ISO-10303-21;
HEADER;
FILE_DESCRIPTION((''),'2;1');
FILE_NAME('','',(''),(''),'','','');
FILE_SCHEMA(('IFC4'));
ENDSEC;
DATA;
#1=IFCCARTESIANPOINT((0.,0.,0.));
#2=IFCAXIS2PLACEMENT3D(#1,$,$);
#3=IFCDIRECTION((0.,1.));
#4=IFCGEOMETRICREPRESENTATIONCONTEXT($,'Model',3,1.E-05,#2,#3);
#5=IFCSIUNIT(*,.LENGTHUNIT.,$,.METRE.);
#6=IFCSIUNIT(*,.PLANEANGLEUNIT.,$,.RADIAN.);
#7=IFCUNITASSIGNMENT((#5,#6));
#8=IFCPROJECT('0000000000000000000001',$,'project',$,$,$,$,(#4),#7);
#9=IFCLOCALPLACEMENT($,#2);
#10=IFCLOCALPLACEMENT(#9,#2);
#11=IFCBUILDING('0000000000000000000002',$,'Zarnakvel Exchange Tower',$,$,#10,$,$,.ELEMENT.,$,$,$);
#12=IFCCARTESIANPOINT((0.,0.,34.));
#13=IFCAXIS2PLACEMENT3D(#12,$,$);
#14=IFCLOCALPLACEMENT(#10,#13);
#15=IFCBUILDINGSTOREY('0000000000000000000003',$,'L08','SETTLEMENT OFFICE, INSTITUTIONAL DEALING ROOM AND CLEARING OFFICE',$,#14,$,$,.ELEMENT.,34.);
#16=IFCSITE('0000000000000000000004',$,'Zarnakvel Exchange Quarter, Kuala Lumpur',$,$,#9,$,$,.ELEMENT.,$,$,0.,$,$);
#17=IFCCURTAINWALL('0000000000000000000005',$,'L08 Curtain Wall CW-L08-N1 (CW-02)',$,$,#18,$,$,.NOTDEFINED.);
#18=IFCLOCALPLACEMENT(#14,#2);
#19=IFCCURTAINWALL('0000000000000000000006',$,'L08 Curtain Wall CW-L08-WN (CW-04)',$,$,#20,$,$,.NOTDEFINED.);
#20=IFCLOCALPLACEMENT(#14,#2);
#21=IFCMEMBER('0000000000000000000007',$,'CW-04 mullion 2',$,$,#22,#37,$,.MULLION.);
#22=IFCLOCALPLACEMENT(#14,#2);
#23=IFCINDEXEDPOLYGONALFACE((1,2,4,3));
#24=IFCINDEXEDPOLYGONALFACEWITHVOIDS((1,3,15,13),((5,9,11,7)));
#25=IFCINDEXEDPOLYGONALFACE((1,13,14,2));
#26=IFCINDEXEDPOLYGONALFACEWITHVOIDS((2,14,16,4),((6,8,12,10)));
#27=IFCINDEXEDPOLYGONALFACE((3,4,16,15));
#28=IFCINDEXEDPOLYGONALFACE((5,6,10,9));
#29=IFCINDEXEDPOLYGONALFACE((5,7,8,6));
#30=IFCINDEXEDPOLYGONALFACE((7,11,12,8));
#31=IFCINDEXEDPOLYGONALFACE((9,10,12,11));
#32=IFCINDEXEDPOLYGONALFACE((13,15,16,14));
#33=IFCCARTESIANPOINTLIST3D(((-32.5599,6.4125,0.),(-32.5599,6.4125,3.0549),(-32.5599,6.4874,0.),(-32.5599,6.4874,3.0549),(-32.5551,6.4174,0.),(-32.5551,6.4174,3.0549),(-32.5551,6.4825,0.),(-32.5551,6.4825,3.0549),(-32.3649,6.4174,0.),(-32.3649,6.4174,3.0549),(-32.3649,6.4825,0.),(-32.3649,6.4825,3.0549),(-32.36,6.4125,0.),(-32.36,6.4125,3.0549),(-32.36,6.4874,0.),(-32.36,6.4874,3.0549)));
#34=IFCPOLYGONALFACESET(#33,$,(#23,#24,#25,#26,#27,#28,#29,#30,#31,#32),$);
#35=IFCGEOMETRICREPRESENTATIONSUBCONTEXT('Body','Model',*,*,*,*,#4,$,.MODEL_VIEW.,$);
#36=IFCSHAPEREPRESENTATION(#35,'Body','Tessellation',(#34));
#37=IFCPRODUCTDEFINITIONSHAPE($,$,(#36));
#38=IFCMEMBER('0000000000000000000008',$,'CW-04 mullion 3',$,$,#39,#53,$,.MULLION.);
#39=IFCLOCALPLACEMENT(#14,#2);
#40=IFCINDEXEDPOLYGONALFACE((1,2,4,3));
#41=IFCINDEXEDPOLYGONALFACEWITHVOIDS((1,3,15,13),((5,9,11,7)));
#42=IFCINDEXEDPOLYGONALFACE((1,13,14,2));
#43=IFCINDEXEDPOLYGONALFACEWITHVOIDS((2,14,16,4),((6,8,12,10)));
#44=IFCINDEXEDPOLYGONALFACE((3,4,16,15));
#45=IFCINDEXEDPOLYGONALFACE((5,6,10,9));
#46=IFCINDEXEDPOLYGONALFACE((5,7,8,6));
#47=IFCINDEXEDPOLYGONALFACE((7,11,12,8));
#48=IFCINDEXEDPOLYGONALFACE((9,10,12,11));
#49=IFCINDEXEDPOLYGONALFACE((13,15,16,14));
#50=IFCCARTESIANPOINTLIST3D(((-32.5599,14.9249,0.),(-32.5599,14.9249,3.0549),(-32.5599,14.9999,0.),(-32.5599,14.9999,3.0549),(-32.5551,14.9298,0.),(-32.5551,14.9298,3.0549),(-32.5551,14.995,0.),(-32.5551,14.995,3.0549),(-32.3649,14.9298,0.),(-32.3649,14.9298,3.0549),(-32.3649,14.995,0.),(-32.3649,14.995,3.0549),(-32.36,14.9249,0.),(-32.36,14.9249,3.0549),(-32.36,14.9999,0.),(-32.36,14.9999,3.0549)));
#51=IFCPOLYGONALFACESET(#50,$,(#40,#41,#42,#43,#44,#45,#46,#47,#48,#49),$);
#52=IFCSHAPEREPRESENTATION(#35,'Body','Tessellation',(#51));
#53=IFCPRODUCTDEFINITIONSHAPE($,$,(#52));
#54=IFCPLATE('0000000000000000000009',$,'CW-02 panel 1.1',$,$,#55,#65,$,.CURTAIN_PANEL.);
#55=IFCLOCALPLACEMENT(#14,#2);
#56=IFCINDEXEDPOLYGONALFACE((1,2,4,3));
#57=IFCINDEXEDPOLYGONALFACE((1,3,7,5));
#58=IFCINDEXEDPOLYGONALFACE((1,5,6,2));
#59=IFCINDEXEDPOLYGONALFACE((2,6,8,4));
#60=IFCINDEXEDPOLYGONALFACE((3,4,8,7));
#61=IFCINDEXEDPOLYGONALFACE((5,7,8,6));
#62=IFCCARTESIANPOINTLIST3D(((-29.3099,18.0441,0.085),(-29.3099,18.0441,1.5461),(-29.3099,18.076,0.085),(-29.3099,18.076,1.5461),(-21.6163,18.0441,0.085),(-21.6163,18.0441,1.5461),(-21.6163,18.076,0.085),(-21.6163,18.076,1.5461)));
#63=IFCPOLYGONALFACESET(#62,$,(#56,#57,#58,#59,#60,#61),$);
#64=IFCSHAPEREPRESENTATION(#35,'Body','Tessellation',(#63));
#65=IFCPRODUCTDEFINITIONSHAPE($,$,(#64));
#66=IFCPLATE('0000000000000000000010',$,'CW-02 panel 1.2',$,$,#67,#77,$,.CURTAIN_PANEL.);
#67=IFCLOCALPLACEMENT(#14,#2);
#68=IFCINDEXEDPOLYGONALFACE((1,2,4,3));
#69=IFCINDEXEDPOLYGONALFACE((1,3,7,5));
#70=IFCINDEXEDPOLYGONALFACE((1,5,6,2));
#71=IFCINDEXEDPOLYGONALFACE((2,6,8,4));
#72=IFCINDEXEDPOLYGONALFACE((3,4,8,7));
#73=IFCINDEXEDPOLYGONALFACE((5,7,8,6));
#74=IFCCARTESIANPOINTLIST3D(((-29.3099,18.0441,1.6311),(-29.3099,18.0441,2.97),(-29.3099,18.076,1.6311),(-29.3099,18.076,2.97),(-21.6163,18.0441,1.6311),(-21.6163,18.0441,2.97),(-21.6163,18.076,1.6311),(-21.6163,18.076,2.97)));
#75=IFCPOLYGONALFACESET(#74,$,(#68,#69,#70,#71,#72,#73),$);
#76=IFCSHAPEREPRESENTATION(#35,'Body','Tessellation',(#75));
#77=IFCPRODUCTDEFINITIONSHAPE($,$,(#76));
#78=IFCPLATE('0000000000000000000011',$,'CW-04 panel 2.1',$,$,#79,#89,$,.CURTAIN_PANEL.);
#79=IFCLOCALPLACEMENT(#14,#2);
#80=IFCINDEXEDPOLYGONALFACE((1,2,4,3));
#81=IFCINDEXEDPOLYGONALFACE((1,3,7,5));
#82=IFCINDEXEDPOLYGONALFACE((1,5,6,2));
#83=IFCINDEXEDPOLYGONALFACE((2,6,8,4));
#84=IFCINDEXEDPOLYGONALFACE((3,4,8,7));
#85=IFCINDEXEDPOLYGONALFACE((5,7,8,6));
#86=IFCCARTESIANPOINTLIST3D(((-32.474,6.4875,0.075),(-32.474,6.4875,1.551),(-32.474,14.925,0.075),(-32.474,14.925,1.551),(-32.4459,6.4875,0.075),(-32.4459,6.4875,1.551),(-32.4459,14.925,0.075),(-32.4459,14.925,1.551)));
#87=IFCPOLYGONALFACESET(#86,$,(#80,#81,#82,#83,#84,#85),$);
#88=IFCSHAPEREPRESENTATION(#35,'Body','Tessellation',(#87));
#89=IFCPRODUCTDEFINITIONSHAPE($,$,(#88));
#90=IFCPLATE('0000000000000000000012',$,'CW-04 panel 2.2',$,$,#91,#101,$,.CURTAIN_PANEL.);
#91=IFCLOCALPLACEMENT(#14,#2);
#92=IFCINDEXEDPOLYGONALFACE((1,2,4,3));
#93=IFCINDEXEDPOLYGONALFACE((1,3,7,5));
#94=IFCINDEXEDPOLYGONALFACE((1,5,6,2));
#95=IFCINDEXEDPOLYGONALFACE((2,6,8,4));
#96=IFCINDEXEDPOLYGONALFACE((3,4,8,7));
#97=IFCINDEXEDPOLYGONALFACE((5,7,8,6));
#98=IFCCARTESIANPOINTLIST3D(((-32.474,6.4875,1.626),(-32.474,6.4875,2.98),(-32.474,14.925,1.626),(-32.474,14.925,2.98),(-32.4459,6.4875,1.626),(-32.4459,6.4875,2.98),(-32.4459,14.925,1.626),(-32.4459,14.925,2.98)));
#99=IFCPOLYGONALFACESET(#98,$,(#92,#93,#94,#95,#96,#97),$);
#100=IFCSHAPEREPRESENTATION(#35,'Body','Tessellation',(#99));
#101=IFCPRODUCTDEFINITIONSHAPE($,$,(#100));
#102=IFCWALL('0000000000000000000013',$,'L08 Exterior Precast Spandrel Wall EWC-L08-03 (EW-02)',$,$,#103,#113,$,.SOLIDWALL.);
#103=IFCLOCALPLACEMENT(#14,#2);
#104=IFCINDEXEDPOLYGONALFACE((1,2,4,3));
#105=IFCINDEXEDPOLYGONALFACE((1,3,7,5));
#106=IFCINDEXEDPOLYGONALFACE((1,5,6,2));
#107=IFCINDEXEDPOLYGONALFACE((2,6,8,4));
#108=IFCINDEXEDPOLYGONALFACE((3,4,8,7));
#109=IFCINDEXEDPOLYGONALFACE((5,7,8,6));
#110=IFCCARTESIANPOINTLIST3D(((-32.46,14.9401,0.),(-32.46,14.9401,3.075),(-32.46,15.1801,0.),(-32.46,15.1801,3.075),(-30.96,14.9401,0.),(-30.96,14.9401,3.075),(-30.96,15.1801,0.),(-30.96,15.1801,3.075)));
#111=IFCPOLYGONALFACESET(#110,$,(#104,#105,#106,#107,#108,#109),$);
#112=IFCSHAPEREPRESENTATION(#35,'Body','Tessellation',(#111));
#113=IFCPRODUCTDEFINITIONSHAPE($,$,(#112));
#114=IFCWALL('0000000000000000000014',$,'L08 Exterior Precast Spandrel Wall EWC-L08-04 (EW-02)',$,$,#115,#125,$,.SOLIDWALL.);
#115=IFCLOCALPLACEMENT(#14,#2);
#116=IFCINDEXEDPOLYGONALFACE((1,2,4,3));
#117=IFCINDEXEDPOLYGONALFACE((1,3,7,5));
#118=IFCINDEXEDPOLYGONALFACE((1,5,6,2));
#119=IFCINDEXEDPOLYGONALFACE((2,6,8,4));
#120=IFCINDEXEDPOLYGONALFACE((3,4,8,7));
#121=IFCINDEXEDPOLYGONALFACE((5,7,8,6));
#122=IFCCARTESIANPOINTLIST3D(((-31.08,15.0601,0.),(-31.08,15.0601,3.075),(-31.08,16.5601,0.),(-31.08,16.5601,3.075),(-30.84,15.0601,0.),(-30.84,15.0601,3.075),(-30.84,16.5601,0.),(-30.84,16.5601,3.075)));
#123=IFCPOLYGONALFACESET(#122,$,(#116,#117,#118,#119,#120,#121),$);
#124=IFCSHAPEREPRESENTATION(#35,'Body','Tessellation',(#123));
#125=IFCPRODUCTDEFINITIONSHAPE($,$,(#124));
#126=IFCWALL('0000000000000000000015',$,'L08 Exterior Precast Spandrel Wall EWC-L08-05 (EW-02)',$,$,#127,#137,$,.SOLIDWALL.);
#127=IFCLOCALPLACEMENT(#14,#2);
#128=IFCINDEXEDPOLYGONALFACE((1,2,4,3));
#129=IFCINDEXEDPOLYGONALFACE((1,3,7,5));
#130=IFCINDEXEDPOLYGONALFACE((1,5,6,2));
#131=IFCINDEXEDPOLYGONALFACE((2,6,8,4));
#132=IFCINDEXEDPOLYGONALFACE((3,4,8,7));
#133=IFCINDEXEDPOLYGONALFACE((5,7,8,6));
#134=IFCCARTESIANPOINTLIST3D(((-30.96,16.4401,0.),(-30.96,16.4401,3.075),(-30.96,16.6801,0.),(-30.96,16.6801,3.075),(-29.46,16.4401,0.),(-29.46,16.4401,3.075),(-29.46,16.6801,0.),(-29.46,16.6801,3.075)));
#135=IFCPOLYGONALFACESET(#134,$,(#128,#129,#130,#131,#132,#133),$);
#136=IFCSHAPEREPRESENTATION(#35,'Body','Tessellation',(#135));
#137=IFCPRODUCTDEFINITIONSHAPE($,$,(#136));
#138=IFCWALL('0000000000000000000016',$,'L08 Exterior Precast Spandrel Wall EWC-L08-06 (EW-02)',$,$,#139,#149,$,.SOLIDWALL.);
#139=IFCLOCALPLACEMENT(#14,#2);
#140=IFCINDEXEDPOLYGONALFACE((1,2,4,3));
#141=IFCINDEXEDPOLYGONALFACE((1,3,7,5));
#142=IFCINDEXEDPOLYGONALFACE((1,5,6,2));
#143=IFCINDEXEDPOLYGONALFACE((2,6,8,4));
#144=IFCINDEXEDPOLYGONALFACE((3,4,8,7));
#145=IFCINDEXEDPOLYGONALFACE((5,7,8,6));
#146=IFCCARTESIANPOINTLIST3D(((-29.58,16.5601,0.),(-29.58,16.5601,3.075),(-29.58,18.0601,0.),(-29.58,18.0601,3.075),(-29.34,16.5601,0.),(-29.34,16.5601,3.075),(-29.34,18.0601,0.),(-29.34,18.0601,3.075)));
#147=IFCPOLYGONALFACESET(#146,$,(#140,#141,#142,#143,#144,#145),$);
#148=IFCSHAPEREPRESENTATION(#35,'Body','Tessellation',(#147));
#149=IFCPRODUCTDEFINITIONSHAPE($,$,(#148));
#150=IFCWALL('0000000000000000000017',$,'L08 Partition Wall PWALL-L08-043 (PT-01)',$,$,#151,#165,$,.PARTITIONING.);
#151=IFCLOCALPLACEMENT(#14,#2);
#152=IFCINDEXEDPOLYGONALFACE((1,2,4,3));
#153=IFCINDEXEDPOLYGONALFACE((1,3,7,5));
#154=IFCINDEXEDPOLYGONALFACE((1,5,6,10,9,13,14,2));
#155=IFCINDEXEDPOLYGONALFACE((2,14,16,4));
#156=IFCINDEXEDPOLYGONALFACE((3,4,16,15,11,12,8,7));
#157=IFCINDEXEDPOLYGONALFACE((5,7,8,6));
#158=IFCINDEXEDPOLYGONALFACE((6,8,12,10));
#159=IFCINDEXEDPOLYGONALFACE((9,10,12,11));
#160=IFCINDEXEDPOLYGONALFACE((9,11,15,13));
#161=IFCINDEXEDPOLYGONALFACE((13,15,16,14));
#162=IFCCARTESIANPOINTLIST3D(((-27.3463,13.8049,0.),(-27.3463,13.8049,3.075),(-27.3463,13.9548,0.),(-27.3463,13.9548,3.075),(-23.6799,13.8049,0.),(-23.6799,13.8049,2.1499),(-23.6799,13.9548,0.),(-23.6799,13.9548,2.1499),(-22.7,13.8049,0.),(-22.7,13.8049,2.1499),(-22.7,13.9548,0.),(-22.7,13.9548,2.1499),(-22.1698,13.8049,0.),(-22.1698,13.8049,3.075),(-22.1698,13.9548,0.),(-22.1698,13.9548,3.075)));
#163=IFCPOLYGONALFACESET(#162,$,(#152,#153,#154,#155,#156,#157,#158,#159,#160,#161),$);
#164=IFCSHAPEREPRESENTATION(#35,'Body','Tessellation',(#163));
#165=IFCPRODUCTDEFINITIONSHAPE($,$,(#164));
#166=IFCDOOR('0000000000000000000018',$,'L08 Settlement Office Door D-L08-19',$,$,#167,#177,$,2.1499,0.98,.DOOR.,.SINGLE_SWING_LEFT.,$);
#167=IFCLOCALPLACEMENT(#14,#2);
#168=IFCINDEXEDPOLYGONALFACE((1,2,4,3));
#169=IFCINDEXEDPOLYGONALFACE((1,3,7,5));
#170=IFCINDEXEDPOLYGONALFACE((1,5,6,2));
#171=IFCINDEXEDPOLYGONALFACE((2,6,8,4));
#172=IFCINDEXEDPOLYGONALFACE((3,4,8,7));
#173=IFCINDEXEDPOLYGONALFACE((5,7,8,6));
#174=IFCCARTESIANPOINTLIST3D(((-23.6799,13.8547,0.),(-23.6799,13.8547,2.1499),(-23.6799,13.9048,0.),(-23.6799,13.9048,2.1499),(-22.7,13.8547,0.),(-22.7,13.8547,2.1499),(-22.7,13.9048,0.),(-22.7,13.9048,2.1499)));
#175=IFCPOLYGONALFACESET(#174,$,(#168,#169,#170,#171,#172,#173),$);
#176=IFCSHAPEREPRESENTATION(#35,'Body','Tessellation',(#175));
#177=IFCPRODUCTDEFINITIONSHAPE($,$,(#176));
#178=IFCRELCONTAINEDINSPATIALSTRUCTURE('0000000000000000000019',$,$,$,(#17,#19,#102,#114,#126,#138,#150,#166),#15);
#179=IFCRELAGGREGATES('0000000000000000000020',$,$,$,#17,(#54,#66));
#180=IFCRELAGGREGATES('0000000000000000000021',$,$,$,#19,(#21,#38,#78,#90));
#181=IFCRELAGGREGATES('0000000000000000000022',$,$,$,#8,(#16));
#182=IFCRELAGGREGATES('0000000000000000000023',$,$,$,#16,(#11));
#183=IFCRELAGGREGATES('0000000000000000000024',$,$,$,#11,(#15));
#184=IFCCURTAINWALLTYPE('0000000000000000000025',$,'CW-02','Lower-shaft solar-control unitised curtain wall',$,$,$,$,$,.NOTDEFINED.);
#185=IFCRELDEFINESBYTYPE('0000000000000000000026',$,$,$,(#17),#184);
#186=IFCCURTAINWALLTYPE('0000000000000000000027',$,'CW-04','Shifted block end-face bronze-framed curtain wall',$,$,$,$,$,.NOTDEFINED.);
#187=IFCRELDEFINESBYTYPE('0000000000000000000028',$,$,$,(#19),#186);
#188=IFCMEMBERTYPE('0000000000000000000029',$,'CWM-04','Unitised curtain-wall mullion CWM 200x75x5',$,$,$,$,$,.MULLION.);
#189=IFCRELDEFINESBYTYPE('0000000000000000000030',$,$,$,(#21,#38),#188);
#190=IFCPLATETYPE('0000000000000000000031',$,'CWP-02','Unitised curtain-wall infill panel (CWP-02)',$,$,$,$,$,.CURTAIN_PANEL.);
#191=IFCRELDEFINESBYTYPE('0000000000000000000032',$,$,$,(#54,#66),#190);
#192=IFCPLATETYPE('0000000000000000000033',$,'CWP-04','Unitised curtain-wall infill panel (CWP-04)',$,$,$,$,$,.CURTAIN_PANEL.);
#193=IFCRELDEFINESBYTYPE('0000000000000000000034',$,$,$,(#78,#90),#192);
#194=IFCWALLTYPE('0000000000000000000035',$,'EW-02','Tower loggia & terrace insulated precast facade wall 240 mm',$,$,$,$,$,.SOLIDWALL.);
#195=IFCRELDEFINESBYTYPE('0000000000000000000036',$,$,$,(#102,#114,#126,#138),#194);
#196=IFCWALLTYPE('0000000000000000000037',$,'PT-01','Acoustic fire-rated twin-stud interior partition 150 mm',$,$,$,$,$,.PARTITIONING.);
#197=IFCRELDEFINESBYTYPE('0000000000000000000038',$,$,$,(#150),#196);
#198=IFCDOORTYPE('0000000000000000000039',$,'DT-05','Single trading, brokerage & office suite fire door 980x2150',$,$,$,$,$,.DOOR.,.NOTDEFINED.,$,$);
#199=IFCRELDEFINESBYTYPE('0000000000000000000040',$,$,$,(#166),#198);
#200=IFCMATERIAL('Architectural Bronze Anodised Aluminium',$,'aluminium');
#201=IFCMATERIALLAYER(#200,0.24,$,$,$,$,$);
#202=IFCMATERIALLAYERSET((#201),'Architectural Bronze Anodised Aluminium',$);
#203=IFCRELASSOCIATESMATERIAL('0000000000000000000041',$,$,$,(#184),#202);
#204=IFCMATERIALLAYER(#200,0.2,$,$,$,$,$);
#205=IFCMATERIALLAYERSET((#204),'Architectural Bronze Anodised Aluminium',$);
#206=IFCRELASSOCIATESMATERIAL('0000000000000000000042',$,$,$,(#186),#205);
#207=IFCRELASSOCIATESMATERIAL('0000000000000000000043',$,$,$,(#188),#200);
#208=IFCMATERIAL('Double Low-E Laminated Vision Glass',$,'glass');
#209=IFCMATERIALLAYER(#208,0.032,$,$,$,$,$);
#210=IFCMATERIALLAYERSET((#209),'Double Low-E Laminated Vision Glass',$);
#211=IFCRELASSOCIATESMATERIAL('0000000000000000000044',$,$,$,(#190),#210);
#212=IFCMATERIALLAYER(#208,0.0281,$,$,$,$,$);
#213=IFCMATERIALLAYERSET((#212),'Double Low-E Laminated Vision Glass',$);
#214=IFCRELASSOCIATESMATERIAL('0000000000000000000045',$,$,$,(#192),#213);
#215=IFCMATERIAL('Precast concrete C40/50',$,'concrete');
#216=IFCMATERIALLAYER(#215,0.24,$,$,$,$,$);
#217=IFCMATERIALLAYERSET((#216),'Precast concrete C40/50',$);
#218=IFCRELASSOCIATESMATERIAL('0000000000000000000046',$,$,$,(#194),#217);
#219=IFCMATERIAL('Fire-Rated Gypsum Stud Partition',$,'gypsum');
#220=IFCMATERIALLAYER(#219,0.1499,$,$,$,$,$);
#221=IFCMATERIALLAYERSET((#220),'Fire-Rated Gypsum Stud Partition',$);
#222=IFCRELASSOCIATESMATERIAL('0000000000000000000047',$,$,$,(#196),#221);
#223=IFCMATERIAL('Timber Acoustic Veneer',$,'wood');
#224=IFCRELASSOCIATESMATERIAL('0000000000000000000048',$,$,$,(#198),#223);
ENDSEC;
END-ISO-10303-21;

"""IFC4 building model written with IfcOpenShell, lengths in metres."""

from ifc_helpers import new_model, si_unit, direction, frame, frame_2d, origin, origin_2d, place, context, subcontext, project, spatial, rectangle, hollow_rectangle, extrude, source, transform, mapped, material, layer, layer_set, material_profile, profile_set, type_object, element, fill, aggregate, save


model = new_model("IFC4")

# Units and contexts
model_context = context("Model", 3, precision=1e-05, world=origin(), true_north=direction((0.0, 1.0)))
body_context = subcontext(model_context, "Body", "Model", "MODEL_VIEW")
ifc_project = project(units=[si_unit("LENGTHUNIT", "METRE"), si_unit("PLANEANGLEUNIT", "RADIAN")], contexts=[model_context])

# Site, building, storey
site_placement = place(None, origin())
site = spatial("IfcSite", under=ifc_project, at=site_placement, Name="Zarnakvel Exchange Quarter, Kuala Lumpur", CompositionType="ELEMENT", RefElevation=0.0)
building_placement = place(site_placement, origin())
building = spatial("IfcBuilding", under=site, at=building_placement, Name="Zarnakvel Exchange Tower", CompositionType="ELEMENT")
storey_placement = place(building_placement, frame((0.0, 0.0, 34.0)))
storey = spatial("IfcBuildingStorey", under=building, at=storey_placement, Name="L08", Description="SETTLEMENT OFFICE, INSTITUTIONAL DEALING ROOM AND CLEARING OFFICE", CompositionType="ELEMENT", Elevation=34.0)

# Curtain walls
ifc_material_1 = material(Name="Architectural Bronze Anodised Aluminium", Category="aluminium")
ifc_layer_1 = layer(ifc_material_1, 0.24)
ifc_layer_set_1 = layer_set([ifc_layer_1], Name="Architectural Bronze Anodised Aluminium")
curtain_wall_type_1 = type_object("IfcCurtainWallType", Name="CW-02", Description="Lower-shaft solar-control unitised curtain wall", PredefinedType="NOTDEFINED", material=ifc_layer_set_1)
curtain_wall_1_placement = place(storey_placement, origin())
curtain_wall_1 = element("IfcCurtainWall", 1, at=curtain_wall_1_placement, inside=storey, type_object=curtain_wall_type_1, Name="L08 Curtain Wall CW-L08-N1 (CW-02)", PredefinedType="NOTDEFINED")
ifc_layer_2 = layer(ifc_material_1, 0.2)
ifc_layer_set_2 = layer_set([ifc_layer_2], Name="Architectural Bronze Anodised Aluminium")
curtain_wall_type_2 = type_object("IfcCurtainWallType", Name="CW-04", Description="Shifted block end-face bronze-framed curtain wall", PredefinedType="NOTDEFINED", material=ifc_layer_set_2)
curtain_wall_2_placement = place(storey_placement, origin())
curtain_wall_2 = element("IfcCurtainWall", 2, at=curtain_wall_2_placement, inside=storey, type_object=curtain_wall_type_2, Name="L08 Curtain Wall CW-L08-WN (CW-04)", PredefinedType="NOTDEFINED")

# Members
ifc_material_profile_1 = material_profile(ifc_material_1, hollow_rectangle(XDim=0.2, YDim=0.075, WallThickness=0.0049, at=origin_2d()))
ifc_profile_set_1 = profile_set([ifc_material_profile_1], Name="Architectural Bronze Anodised Aluminium")
member_type_1 = type_object("IfcMemberType", Name="CWM-04", Description="Unitised curtain-wall mullion CWM 200x75x5", PredefinedType="MULLION", material=ifc_profile_set_1)
shared_shape_1 = source(origin(), body_context, "Body", "SweptSolid", [
    extrude(hollow_rectangle(XDim=0.2, YDim=0.075, WallThickness=0.0049, at=origin_2d()), origin(), (0.0, 0.0, 1.0), 3.0549),
])
member_1_placement = place(storey_placement, frame((-32.46, 6.45, 0.0), z_axis=(0.0, 0.0, 1.0), x_axis=(-1.0, 0.0, 0.0)))
member_1 = element("IfcMember", 3, at=member_1_placement, type_object=member_type_1, Name="CW-04 mullion 2", PredefinedType="MULLION", context=body_context, shape_type="MappedRepresentation", body=[
    mapped(shared_shape_1, transform((0.0, 0.0, 0.0), x_axis=(1.0, 0.0, 0.0), y_axis=(0.0, 1.0, 0.0), z_axis=(0.0, 0.0, 1.0), scale=1.0)),
])
member_2_placement = place(storey_placement, frame((-32.46, 14.9624, 0.0), z_axis=(0.0, 0.0, 1.0), x_axis=(-1.0, 0.0, 0.0)))
member_2 = element("IfcMember", 4, at=member_2_placement, type_object=member_type_1, Name="CW-04 mullion 3", PredefinedType="MULLION", context=body_context, shape_type="MappedRepresentation", body=[
    mapped(shared_shape_1, transform((0.0, 0.0, 0.0), x_axis=(1.0, 0.0, 0.0), y_axis=(0.0, 1.0, 0.0), z_axis=(0.0, 0.0, 1.0), scale=1.0)),
])

# Plates
ifc_material_2 = material(Name="Double Low-E Laminated Vision Glass", Category="glass")
ifc_layer_3 = layer(ifc_material_2, 0.032)
ifc_layer_set_3 = layer_set([ifc_layer_3], Name="Double Low-E Laminated Vision Glass")
plate_type_1 = type_object("IfcPlateType", Name="CWP-02", Description="Unitised curtain-wall infill panel (CWP-02)", PredefinedType="CURTAIN_PANEL", material=ifc_layer_set_3)
shared_shape_2 = source(origin(), body_context, "Body", "SweptSolid", [
    extrude(rectangle(XDim=7.6936, YDim=0.032, at=origin_2d()), origin(), (0.0, 0.0, 1.0), 1.4612),
])
plate_1_placement = place(storey_placement, frame((-25.4631, 18.0601, 0.085), z_axis=(0.0, 0.0, 1.0), x_axis=(1.0, 0.0, 0.0)))
plate_1 = element("IfcPlate", 5, at=plate_1_placement, type_object=plate_type_1, Name="CW-02 panel 1.1", PredefinedType="CURTAIN_PANEL", context=body_context, shape_type="MappedRepresentation", body=[
    mapped(shared_shape_2, transform((0.0, 0.0, 0.0), x_axis=(1.0, 0.0, 0.0), y_axis=(0.0, 1.0, 0.0), z_axis=(0.0, 0.0, 1.0), scale=1.0)),
])
shared_shape_3 = source(origin(), body_context, "Body", "SweptSolid", [
    extrude(rectangle(XDim=7.6936, YDim=0.032, at=origin_2d()), origin(), (0.0, 0.0, 1.0), 1.3389),
])
plate_2_placement = place(storey_placement, frame((-25.4631, 18.0601, 1.6311), z_axis=(0.0, 0.0, 1.0), x_axis=(1.0, 0.0, 0.0)))
plate_2 = element("IfcPlate", 6, at=plate_2_placement, type_object=plate_type_1, Name="CW-02 panel 1.2", PredefinedType="CURTAIN_PANEL", context=body_context, shape_type="MappedRepresentation", body=[
    mapped(shared_shape_3, transform((0.0, 0.0, 0.0), x_axis=(1.0, 0.0, 0.0), y_axis=(0.0, 1.0, 0.0), z_axis=(0.0, 0.0, 1.0), scale=1.0)),
])
aggregate(curtain_wall_1, [plate_1, plate_2])
ifc_layer_4 = layer(ifc_material_2, 0.0281)
ifc_layer_set_4 = layer_set([ifc_layer_4], Name="Double Low-E Laminated Vision Glass")
plate_type_2 = type_object("IfcPlateType", Name="CWP-04", Description="Unitised curtain-wall infill panel (CWP-04)", PredefinedType="CURTAIN_PANEL", material=ifc_layer_set_4)
shared_shape_4 = source(origin(), body_context, "Body", "SweptSolid", [
    extrude(rectangle(XDim=8.4375, YDim=0.0281, at=origin_2d()), origin(), (0.0, 0.0, 1.0), 1.4761),
])
plate_3_placement = place(storey_placement, frame((-32.46, 10.7063, 0.075), z_axis=(0.0, 0.0, 1.0), x_axis=(0.0, 1.0, 0.0)))
plate_3 = element("IfcPlate", 7, at=plate_3_placement, type_object=plate_type_2, Name="CW-04 panel 2.1", PredefinedType="CURTAIN_PANEL", context=body_context, shape_type="MappedRepresentation", body=[
    mapped(shared_shape_4, transform((0.0, 0.0, 0.0), x_axis=(1.0, 0.0, 0.0), y_axis=(0.0, 1.0, 0.0), z_axis=(0.0, 0.0, 1.0), scale=1.0)),
])
shared_shape_5 = source(origin(), body_context, "Body", "SweptSolid", [
    extrude(rectangle(XDim=8.4375, YDim=0.0281, at=origin_2d()), origin(), (0.0, 0.0, 1.0), 1.354),
])
plate_4_placement = place(storey_placement, frame((-32.46, 10.7063, 1.626), z_axis=(0.0, 0.0, 1.0), x_axis=(0.0, 1.0, 0.0)))
plate_4 = element("IfcPlate", 8, at=plate_4_placement, type_object=plate_type_2, Name="CW-04 panel 2.2", PredefinedType="CURTAIN_PANEL", context=body_context, shape_type="MappedRepresentation", body=[
    mapped(shared_shape_5, transform((0.0, 0.0, 0.0), x_axis=(1.0, 0.0, 0.0), y_axis=(0.0, 1.0, 0.0), z_axis=(0.0, 0.0, 1.0), scale=1.0)),
])
aggregate(curtain_wall_2, [member_1, member_2, plate_3, plate_4])

# Walls
ifc_material_3 = material(Name="Precast concrete C40/50", Category="concrete")
ifc_layer_5 = layer(ifc_material_3, 0.24)
ifc_layer_set_5 = layer_set([ifc_layer_5], Name="Precast concrete C40/50")
wall_type_1 = type_object("IfcWallType", Name="EW-02", Description="Tower loggia & terrace insulated precast facade wall 240 mm", PredefinedType="SOLIDWALL", material=ifc_layer_set_5)
for number, where, z_axis, x_axis, name in (
    (9, (-30.96, 15.0601, 0.0), (0.0, 0.0, 1.0), (-1.0, 0.0, 0.0), "L08 Exterior Precast Spandrel Wall EWC-L08-03 (EW-02)"),
    (10, (-30.96, 16.5601, 0.0), (0.0, 0.0, 1.0), (0.0, -1.0, 0.0), "L08 Exterior Precast Spandrel Wall EWC-L08-04 (EW-02)"),
    (11, (-29.46, 16.5601, 0.0), (0.0, 0.0, 1.0), (-1.0, 0.0, 0.0), "L08 Exterior Precast Spandrel Wall EWC-L08-05 (EW-02)"),
    (12, (-29.46, 18.0601, 0.0), (0.0, 0.0, 1.0), (0.0, -1.0, 0.0), "L08 Exterior Precast Spandrel Wall EWC-L08-06 (EW-02)"),
):
    element("IfcWall", number, at=place(storey_placement, frame(where, z_axis=z_axis, x_axis=x_axis)), inside=storey, type_object=wall_type_1, Name=name, PredefinedType="SOLIDWALL", context=body_context, shape_type="SweptSolid", body=[
        extrude(rectangle(XDim=1.5, YDim=0.24, at=frame_2d((0.75, 0.0))), origin(), (0.0, 0.0, 1.0), 3.075),
    ])

# Wall, opening, door
ifc_material_4 = material(Name="Fire-Rated Gypsum Stud Partition", Category="gypsum")
ifc_layer_6 = layer(ifc_material_4, 0.1499)
ifc_layer_set_6 = layer_set([ifc_layer_6], Name="Fire-Rated Gypsum Stud Partition")
wall_type_2 = type_object("IfcWallType", Name="PT-01", Description="Acoustic fire-rated twin-stud interior partition 150 mm", PredefinedType="PARTITIONING", material=ifc_layer_set_6)
wall_1_placement = place(storey_placement, frame((-27.3464, 13.8799, 0.0), z_axis=(0.0, 0.0, 1.0), x_axis=(1.0, 0.0, 0.0)))
wall_1 = element("IfcWall", 13, at=wall_1_placement, inside=storey, type_object=wall_type_2, Name="L08 Partition Wall PWALL-L08-043 (PT-01)", PredefinedType="PARTITIONING", context=body_context, shape_type="SweptSolid", body=[
    extrude(rectangle(XDim=5.1765, YDim=0.1499, at=frame_2d((2.5884, 0.0))), origin(), (0.0, 0.0, 1.0), 3.075),
])
opening_placement = place(wall_1_placement, frame((3.6665, 0.0, 0.0)))
opening = element("IfcOpeningElement", 14, at=opening_placement, cuts=wall_1, PredefinedType="OPENING", context=body_context, shape_type="SweptSolid", body=[
    extrude(rectangle(XDim=0.98, YDim=2.1499, at=frame_2d((0.49, 1.075))), frame((0.0, 0.085, 0.0), z_axis=(0.0, -1.0, 0.0), x_axis=(1.0, 0.0, 0.0)), (0.0, 0.0, 1.0), 0.1699),
])
ifc_material_5 = material(Name="Timber Acoustic Veneer", Category="wood")
door_type = type_object("IfcDoorType", Name="DT-05", Description="Single trading, brokerage & office suite fire door 980x2150", OperationType="NOTDEFINED", PredefinedType="DOOR", material=ifc_material_5)
shared_shape_6 = source(origin(), body_context, "Body", "SweptSolid", [
    extrude(rectangle(XDim=0.98, YDim=2.1499, at=frame_2d((0.49, 1.075))), frame((0.0, 0.0249, 0.0), z_axis=(0.0, -1.0, 0.0), x_axis=(1.0, 0.0, 0.0)), (0.0, 0.0, 1.0), 0.05),
])
door_placement = place(opening_placement, origin())
door = element("IfcDoor", 15, at=door_placement, inside=storey, type_object=door_type, Name="L08 Settlement Office Door D-L08-19", OperationType="SINGLE_SWING_LEFT", OverallHeight=2.1499, OverallWidth=0.98, PredefinedType="DOOR", context=body_context, shape_type="MappedRepresentation", body=[
    mapped(shared_shape_6, transform((0.0, 0.0, 0.0), x_axis=(1.0, 0.0, 0.0), y_axis=(0.0, 1.0, 0.0), z_axis=(0.0, 0.0, 1.0), scale=1.0)),
])
fill(opening, door)

save(model, "model.ifc")
